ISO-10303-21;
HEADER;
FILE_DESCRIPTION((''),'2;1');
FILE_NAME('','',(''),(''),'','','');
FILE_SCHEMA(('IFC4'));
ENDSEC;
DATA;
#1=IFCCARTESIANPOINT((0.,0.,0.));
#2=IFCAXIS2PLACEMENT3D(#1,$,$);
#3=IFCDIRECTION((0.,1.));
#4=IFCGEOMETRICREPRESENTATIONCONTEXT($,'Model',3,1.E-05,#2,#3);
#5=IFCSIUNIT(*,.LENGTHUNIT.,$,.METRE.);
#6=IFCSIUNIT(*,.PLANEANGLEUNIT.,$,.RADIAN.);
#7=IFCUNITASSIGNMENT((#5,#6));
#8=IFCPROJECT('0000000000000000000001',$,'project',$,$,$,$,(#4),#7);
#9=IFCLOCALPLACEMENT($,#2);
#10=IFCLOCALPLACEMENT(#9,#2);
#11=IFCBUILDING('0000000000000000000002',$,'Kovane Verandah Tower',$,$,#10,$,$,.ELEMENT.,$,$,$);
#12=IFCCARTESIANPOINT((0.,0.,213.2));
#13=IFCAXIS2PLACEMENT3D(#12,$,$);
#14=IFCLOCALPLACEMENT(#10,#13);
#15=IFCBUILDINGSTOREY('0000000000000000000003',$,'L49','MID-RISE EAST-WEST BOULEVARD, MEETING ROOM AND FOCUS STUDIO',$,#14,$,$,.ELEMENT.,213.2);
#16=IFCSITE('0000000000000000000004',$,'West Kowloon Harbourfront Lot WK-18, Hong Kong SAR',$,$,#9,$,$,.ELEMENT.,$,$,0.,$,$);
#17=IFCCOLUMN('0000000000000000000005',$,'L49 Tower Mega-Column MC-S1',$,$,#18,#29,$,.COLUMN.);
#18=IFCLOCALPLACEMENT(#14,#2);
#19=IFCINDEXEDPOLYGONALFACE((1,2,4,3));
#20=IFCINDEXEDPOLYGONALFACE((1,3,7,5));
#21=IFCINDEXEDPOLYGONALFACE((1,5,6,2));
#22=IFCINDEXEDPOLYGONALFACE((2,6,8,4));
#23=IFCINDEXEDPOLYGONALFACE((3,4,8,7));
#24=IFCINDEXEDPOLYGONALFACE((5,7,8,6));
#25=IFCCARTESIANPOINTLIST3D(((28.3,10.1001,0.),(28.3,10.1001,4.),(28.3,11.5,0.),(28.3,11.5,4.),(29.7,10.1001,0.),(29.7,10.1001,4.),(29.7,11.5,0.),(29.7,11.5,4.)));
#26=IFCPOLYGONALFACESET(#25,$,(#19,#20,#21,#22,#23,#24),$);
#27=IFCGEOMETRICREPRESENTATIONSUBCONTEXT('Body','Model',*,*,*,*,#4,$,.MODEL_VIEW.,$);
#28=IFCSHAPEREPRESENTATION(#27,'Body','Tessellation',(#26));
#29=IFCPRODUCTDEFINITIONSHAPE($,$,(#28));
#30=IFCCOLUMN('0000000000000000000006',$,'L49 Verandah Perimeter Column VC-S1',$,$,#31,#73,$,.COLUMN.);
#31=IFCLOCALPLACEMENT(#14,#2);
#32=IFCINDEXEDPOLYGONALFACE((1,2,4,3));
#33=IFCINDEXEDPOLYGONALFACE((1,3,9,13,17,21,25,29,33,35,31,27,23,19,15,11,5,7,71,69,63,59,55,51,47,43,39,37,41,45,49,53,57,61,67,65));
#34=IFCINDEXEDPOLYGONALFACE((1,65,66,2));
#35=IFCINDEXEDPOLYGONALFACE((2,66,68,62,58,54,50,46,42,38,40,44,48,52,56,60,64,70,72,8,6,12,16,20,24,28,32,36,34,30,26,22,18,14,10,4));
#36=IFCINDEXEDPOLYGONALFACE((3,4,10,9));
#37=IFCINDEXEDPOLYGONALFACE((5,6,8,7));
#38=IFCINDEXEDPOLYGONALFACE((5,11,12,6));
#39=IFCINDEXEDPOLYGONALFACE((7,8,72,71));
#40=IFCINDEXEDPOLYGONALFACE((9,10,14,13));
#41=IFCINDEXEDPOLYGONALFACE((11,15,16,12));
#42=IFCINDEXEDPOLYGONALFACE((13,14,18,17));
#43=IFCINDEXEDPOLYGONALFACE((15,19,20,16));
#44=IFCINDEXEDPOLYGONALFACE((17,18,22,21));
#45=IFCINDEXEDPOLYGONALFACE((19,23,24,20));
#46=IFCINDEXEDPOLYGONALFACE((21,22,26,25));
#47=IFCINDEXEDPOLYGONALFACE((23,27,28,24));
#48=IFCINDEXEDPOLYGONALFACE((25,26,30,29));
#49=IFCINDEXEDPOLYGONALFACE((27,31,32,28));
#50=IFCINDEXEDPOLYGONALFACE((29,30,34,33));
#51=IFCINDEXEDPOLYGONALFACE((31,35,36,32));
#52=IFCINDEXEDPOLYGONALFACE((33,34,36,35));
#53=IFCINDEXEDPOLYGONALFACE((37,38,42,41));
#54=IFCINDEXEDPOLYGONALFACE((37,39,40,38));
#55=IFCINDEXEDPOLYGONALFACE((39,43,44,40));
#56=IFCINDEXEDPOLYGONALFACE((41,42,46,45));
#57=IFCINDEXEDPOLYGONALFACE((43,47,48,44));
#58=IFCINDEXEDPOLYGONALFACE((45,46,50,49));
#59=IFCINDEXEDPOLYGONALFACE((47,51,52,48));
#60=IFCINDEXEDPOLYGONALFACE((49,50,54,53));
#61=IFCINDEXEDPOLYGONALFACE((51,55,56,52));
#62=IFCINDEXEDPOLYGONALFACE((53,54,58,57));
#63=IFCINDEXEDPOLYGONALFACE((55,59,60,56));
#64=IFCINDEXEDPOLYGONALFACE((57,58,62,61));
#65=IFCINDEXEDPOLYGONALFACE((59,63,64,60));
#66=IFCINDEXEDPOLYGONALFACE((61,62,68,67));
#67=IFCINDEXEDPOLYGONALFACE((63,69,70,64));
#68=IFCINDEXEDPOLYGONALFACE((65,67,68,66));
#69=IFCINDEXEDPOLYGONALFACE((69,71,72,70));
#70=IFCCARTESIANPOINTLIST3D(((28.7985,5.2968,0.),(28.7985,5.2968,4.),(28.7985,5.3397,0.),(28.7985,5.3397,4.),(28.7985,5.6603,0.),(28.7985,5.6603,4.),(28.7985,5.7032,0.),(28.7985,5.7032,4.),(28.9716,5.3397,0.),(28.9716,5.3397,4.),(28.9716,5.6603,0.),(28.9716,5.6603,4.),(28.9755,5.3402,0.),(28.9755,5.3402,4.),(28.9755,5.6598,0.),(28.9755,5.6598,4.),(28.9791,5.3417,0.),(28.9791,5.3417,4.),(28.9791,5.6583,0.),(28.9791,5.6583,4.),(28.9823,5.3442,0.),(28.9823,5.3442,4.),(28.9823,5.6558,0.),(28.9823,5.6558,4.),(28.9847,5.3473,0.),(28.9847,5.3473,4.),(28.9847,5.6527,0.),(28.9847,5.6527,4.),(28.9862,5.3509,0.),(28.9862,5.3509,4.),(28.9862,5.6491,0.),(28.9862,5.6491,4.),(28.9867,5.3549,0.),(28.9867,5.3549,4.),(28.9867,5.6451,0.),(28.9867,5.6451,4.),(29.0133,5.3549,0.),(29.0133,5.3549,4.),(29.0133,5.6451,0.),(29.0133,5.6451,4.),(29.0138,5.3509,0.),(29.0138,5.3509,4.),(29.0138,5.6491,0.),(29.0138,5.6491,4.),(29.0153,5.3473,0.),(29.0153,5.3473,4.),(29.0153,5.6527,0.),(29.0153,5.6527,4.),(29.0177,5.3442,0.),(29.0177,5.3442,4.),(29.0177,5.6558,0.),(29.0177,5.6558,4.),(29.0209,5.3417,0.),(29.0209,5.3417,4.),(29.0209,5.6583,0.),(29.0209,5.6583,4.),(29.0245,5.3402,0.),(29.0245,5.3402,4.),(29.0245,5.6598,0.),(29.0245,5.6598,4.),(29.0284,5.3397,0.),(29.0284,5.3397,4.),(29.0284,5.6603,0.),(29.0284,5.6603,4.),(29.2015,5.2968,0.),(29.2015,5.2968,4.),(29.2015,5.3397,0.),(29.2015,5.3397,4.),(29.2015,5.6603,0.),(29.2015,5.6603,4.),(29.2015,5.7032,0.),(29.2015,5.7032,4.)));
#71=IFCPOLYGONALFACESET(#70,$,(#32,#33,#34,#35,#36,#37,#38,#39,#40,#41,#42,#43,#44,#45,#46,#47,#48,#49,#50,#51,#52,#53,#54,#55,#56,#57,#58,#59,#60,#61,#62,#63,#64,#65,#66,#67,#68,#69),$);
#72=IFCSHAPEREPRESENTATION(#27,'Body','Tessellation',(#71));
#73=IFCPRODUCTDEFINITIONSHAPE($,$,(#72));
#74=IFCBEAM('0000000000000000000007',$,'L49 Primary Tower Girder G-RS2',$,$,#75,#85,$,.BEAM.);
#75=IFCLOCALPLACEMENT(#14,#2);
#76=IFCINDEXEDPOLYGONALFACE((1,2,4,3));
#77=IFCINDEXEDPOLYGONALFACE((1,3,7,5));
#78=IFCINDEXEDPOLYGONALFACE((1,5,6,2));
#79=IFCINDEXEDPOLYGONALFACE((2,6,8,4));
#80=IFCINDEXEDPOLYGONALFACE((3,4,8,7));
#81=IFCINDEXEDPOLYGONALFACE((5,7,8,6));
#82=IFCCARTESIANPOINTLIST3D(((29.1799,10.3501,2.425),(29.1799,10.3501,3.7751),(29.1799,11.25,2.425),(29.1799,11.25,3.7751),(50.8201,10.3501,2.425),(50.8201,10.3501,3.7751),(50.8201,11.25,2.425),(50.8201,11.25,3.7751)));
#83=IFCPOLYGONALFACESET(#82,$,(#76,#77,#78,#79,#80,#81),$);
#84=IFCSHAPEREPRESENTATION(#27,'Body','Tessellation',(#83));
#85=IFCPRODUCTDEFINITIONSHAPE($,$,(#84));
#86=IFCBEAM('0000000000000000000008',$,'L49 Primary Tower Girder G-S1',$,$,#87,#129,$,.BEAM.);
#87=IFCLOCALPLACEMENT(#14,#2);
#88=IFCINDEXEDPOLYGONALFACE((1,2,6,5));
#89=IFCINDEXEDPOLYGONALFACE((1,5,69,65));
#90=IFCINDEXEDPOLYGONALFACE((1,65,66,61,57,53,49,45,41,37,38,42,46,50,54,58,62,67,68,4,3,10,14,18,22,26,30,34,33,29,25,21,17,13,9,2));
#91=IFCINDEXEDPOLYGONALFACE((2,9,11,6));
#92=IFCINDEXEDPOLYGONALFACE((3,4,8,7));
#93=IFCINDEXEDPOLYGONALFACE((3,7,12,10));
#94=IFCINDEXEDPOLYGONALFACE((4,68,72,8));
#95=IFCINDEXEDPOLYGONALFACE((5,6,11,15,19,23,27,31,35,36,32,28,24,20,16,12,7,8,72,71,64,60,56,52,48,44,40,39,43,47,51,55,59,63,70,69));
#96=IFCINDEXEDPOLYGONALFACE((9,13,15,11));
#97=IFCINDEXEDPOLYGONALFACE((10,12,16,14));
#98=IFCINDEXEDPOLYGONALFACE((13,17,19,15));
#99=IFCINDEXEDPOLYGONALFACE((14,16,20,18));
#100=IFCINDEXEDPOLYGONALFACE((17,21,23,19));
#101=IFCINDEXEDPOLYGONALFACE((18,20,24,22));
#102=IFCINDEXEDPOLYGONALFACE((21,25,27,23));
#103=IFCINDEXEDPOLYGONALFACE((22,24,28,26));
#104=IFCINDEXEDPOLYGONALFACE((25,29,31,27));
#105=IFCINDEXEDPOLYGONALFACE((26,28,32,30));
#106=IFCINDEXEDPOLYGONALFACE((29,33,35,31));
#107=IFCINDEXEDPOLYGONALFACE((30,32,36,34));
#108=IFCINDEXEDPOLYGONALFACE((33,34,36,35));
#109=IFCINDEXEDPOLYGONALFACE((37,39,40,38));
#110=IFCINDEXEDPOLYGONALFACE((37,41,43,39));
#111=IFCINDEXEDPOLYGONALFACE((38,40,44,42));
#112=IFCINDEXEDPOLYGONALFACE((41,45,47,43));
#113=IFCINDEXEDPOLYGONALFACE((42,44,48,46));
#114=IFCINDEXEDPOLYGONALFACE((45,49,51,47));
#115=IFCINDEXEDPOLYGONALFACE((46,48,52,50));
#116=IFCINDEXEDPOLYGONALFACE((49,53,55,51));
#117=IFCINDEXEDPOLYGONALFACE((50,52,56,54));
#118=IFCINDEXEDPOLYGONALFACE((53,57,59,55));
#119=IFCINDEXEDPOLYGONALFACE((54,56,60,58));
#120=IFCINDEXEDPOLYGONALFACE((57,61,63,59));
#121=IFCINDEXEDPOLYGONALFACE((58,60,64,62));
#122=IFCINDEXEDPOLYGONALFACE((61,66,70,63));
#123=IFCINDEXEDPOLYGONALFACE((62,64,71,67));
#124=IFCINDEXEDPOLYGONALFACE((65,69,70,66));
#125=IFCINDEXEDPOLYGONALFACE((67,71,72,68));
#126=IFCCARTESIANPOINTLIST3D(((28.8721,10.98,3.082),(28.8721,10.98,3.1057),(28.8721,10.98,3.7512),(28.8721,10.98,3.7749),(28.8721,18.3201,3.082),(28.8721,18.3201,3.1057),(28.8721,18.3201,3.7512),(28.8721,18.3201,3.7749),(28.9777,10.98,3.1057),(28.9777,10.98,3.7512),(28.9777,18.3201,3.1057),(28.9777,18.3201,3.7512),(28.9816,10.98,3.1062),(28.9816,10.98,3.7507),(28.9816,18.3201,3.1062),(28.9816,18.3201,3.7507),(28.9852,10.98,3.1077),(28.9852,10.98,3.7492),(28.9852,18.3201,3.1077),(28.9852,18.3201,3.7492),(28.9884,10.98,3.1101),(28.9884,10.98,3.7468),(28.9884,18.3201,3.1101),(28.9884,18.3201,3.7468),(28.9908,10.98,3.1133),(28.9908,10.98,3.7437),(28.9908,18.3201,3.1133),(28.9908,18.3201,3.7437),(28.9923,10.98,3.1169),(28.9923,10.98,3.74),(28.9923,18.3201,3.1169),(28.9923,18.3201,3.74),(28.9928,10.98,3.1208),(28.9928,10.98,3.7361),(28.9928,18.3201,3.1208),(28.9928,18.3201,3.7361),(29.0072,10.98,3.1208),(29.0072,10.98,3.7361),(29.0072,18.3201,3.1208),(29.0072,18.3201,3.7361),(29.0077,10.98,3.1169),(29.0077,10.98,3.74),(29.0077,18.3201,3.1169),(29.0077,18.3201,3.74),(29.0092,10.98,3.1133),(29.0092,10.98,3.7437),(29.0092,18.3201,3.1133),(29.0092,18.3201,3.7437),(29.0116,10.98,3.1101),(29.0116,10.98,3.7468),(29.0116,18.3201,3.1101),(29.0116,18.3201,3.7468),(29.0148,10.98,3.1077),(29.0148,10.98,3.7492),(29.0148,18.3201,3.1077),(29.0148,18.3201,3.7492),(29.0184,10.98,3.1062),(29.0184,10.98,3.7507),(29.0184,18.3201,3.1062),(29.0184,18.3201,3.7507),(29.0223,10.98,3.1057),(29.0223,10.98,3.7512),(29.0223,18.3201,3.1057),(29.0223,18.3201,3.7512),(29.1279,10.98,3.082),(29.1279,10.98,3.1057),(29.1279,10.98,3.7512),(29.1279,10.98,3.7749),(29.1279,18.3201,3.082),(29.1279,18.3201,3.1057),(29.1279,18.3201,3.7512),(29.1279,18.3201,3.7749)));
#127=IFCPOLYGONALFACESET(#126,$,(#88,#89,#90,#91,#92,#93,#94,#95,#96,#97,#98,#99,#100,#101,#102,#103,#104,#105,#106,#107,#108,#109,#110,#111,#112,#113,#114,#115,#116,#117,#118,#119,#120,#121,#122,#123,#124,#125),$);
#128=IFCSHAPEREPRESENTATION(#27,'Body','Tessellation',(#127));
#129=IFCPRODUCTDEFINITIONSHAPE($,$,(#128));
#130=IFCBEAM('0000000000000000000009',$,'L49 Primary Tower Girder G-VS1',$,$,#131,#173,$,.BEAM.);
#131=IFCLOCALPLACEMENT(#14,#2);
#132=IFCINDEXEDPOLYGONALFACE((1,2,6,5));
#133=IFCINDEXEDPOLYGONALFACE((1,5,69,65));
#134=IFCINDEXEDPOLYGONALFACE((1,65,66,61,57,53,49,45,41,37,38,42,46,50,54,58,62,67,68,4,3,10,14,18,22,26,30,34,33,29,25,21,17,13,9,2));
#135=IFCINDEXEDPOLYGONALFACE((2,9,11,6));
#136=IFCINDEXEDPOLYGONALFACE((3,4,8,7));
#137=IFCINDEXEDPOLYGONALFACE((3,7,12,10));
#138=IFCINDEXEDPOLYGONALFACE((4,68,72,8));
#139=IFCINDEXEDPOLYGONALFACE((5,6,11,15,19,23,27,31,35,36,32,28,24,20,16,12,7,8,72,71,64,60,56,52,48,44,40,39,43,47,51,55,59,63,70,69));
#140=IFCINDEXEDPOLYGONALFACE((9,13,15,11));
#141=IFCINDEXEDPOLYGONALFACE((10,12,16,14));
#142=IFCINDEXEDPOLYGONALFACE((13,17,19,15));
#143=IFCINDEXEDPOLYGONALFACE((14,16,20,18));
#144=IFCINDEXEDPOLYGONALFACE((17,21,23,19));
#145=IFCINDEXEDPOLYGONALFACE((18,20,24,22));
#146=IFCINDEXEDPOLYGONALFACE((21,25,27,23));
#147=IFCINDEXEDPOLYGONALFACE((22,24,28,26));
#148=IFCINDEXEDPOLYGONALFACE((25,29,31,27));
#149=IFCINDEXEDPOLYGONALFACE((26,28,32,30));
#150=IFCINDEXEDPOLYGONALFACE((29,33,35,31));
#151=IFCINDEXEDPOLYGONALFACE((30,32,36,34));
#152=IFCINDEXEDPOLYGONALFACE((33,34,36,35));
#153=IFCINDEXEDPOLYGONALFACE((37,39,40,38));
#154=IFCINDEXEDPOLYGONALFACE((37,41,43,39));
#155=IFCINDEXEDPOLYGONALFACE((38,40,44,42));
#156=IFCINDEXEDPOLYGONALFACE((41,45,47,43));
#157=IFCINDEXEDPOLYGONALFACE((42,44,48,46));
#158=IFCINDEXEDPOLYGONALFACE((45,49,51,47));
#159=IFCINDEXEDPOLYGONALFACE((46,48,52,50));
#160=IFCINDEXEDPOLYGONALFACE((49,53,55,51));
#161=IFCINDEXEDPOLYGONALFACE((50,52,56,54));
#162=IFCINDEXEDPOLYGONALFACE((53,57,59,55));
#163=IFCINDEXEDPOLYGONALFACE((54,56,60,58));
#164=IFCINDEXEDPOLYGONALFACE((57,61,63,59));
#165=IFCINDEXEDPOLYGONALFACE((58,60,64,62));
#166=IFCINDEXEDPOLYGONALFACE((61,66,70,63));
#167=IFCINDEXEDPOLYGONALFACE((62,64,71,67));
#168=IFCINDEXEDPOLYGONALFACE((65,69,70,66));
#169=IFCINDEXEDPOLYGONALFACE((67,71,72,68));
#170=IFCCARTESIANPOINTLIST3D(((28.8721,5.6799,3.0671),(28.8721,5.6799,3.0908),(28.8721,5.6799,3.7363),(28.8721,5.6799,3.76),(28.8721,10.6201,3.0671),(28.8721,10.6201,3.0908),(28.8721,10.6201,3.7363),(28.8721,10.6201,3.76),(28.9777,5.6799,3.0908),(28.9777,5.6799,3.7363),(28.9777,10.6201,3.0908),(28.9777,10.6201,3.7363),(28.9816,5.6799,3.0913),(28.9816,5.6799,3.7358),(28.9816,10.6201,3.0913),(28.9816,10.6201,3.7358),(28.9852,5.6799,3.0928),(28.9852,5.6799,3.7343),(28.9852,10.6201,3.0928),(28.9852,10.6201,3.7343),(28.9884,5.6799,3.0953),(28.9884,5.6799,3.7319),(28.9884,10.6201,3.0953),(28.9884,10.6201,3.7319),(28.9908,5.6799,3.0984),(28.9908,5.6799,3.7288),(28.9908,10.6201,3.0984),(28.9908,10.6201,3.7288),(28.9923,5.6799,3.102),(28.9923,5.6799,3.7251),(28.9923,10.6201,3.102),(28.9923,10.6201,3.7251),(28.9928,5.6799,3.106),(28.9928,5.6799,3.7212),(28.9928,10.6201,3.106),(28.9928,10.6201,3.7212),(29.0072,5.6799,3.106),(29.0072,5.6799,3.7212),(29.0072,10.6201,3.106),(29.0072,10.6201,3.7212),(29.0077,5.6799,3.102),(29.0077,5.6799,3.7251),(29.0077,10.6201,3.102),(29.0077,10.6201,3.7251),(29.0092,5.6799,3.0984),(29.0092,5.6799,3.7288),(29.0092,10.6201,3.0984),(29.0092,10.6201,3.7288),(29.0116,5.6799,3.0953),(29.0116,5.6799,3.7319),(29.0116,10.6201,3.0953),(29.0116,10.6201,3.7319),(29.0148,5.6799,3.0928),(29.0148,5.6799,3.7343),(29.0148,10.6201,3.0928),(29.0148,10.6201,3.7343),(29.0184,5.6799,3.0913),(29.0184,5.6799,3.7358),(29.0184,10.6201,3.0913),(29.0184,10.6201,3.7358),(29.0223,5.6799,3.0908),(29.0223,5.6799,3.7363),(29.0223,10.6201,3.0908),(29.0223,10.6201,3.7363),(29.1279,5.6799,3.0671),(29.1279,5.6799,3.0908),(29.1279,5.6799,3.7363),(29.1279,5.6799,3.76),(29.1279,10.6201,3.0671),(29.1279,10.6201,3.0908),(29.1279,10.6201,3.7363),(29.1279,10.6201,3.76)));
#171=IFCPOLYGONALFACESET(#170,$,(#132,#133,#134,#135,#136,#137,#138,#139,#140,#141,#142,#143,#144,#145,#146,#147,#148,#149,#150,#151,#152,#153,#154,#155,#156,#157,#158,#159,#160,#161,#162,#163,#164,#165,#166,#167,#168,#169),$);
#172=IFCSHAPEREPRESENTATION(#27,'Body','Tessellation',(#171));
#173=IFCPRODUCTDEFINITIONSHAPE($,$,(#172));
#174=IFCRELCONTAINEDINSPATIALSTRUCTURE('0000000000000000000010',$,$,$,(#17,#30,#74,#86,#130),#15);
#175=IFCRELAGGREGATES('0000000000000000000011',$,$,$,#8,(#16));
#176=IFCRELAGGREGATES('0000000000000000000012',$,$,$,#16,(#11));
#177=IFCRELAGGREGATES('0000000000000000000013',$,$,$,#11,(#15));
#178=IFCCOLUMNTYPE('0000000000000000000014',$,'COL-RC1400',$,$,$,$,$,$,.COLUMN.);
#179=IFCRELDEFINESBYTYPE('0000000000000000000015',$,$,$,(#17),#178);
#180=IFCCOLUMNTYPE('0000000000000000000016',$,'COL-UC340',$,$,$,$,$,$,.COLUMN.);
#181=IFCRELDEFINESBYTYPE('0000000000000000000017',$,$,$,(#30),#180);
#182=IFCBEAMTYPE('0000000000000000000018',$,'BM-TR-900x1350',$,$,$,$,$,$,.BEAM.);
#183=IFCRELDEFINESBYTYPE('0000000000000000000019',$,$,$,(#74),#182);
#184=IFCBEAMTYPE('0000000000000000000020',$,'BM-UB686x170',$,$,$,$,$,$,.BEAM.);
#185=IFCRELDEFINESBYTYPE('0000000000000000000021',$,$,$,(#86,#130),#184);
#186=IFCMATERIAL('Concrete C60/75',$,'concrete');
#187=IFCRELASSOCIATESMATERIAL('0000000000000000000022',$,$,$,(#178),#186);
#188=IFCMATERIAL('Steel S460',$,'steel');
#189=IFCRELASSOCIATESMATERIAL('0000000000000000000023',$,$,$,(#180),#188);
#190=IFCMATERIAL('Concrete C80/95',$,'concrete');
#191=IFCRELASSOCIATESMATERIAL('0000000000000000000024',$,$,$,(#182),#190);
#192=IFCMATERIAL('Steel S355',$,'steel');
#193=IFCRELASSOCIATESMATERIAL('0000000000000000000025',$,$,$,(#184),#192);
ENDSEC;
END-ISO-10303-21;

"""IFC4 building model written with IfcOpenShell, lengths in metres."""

from ifc_helpers import new_model, si_unit, direction, frame, origin, origin_2d, place, context, subcontext, project, spatial, rectangle, i_section, extrude, material, material_profile, profile_set, type_object, element, save


model = new_model("IFC4")

# Units and contexts
model_context = context("Model", 3, precision=1e-05, world=origin(), true_north=direction((0.0, 1.0)))
body_context = subcontext(model_context, "Body", "Model", "MODEL_VIEW")
ifc_project = project(units=[si_unit("LENGTHUNIT", "METRE"), si_unit("PLANEANGLEUNIT", "RADIAN")], contexts=[model_context])

# Site, building, storey
site_placement = place(None, origin())
site = spatial("IfcSite", under=ifc_project, at=site_placement, Name="West Kowloon Harbourfront Lot WK-18, Hong Kong SAR", CompositionType="ELEMENT", RefElevation=0.0)
building_placement = place(site_placement, origin())
building = spatial("IfcBuilding", under=site, at=building_placement, Name="Kovane Verandah Tower", CompositionType="ELEMENT")
storey_placement = place(building_placement, frame((0.0, 0.0, 213.2)))
storey = spatial("IfcBuildingStorey", under=building, at=storey_placement, Name="L49", Description="MID-RISE EAST-WEST BOULEVARD, MEETING ROOM AND FOCUS STUDIO", CompositionType="ELEMENT", Elevation=213.2)

# Columns
ifc_material_1 = material(Name="Concrete C60/75", Category="concrete")
ifc_material_profile_1 = material_profile(ifc_material_1, rectangle(XDim=1.3999, YDim=1.3999, at=origin_2d()), Name="RC1400x1400")
ifc_profile_set_1 = profile_set([ifc_material_profile_1], Name="Concrete C60/75")
column_type_1 = type_object("IfcColumnType", Name="COL-RC1400", PredefinedType="COLUMN", material=ifc_profile_set_1)
column_1_placement = place(storey_placement, frame((29.0, 10.8, 0.0), z_axis=(0.0, 0.0, 1.0), x_axis=(1.0, 0.0, 0.0)))
element("IfcColumn", 1, at=column_1_placement, inside=storey, type_object=column_type_1, Name="L49 Tower Mega-Column MC-S1", PredefinedType="COLUMN", context=body_context, shape_type="SweptSolid", body=[
    extrude(rectangle(XDim=1.3999, YDim=1.3999, at=origin_2d()), origin(), (0.0, 0.0, 1.0), 4.0),
])
ifc_material_2 = material(Name="Steel S460", Category="steel")
ifc_material_profile_2 = material_profile(ifc_material_2, i_section(OverallWidth=0.4031, OverallDepth=0.4065, WebThickness=0.0266, FlangeThickness=0.043, FilletRadius=0.0151, at=origin_2d()), Name="UC356x406x340")
ifc_profile_set_2 = profile_set([ifc_material_profile_2], Name="Steel S460")
column_type_2 = type_object("IfcColumnType", Name="COL-UC340", PredefinedType="COLUMN", material=ifc_profile_set_2)
column_2_placement = place(storey_placement, frame((29.0, 5.5, 0.0), z_axis=(0.0, 0.0, 1.0), x_axis=(1.0, 0.0, 0.0)))
element("IfcColumn", 2, at=column_2_placement, inside=storey, type_object=column_type_2, Name="L49 Verandah Perimeter Column VC-S1", PredefinedType="COLUMN", context=body_context, shape_type="SweptSolid", body=[
    extrude(i_section(OverallWidth=0.4031, OverallDepth=0.4065, WebThickness=0.0266, FlangeThickness=0.043, FilletRadius=0.0151, at=origin_2d()), origin(), (0.0, 0.0, 1.0), 4.0),
])

# Beams
ifc_material_3 = material(Name="Concrete C80/95", Category="concrete")
ifc_material_profile_3 = material_profile(ifc_material_3, rectangle(XDim=0.8999, YDim=1.3501, at=origin_2d()), Name="RCB900x1350")
ifc_profile_set_3 = profile_set([ifc_material_profile_3], Name="Concrete C80/95")
beam_type_1 = type_object("IfcBeamType", Name="BM-TR-900x1350", PredefinedType="BEAM", material=ifc_profile_set_3)
beam_1_placement = place(storey_placement, frame((29.1799, 10.8, 3.1001), z_axis=(1.0, 0.0, 0.0), x_axis=(0.0, 1.0, 0.0)))
element("IfcBeam", 3, at=beam_1_placement, inside=storey, type_object=beam_type_1, Name="L49 Primary Tower Girder G-RS2", PredefinedType="BEAM", context=body_context, shape_type="SweptSolid", body=[
    extrude(rectangle(XDim=0.8999, YDim=1.3501, at=origin_2d()), origin(), (0.0, 0.0, 1.0), 21.6401),
])
ifc_material_4 = material(Name="Steel S355", Category="steel")
ifc_material_profile_4 = material_profile(ifc_material_4, i_section(OverallWidth=0.2559, OverallDepth=0.6929, WebThickness=0.0144, FlangeThickness=0.0237, FilletRadius=0.0151, at=origin_2d()), Name="UB686x254x170")
ifc_profile_set_4 = profile_set([ifc_material_profile_4], Name="Steel S355")
beam_type_2 = type_object("IfcBeamType", Name="BM-UB686x170", PredefinedType="BEAM", material=ifc_profile_set_4)
beam_2_placement = place(storey_placement, frame((29.0, 18.3201, 3.4285), z_axis=(0.0, -1.0, 0.0), x_axis=(1.0, 0.0, 0.0)))
element("IfcBeam", 4, at=beam_2_placement, inside=storey, type_object=beam_type_2, Name="L49 Primary Tower Girder G-S1", PredefinedType="BEAM", context=body_context, shape_type="SweptSolid", body=[
    extrude(i_section(OverallWidth=0.2559, OverallDepth=0.6929, WebThickness=0.0144, FlangeThickness=0.0237, FilletRadius=0.0151, at=origin_2d()), origin(), (0.0, 0.0, 1.0), 7.3401),
])
beam_3_placement = place(storey_placement, frame((29.0, 10.6201, 3.4136), z_axis=(0.0, -1.0, 0.0), x_axis=(1.0, 0.0, 0.0)))
element("IfcBeam", 5, at=beam_3_placement, inside=storey, type_object=beam_type_2, Name="L49 Primary Tower Girder G-VS1", PredefinedType="BEAM", context=body_context, shape_type="SweptSolid", body=[
    extrude(i_section(OverallWidth=0.2559, OverallDepth=0.6929, WebThickness=0.0144, FlangeThickness=0.0237, FilletRadius=0.0151, at=origin_2d()), origin(), (0.0, 0.0, 1.0), 4.9402),
])

save(model, "model.ifc")
